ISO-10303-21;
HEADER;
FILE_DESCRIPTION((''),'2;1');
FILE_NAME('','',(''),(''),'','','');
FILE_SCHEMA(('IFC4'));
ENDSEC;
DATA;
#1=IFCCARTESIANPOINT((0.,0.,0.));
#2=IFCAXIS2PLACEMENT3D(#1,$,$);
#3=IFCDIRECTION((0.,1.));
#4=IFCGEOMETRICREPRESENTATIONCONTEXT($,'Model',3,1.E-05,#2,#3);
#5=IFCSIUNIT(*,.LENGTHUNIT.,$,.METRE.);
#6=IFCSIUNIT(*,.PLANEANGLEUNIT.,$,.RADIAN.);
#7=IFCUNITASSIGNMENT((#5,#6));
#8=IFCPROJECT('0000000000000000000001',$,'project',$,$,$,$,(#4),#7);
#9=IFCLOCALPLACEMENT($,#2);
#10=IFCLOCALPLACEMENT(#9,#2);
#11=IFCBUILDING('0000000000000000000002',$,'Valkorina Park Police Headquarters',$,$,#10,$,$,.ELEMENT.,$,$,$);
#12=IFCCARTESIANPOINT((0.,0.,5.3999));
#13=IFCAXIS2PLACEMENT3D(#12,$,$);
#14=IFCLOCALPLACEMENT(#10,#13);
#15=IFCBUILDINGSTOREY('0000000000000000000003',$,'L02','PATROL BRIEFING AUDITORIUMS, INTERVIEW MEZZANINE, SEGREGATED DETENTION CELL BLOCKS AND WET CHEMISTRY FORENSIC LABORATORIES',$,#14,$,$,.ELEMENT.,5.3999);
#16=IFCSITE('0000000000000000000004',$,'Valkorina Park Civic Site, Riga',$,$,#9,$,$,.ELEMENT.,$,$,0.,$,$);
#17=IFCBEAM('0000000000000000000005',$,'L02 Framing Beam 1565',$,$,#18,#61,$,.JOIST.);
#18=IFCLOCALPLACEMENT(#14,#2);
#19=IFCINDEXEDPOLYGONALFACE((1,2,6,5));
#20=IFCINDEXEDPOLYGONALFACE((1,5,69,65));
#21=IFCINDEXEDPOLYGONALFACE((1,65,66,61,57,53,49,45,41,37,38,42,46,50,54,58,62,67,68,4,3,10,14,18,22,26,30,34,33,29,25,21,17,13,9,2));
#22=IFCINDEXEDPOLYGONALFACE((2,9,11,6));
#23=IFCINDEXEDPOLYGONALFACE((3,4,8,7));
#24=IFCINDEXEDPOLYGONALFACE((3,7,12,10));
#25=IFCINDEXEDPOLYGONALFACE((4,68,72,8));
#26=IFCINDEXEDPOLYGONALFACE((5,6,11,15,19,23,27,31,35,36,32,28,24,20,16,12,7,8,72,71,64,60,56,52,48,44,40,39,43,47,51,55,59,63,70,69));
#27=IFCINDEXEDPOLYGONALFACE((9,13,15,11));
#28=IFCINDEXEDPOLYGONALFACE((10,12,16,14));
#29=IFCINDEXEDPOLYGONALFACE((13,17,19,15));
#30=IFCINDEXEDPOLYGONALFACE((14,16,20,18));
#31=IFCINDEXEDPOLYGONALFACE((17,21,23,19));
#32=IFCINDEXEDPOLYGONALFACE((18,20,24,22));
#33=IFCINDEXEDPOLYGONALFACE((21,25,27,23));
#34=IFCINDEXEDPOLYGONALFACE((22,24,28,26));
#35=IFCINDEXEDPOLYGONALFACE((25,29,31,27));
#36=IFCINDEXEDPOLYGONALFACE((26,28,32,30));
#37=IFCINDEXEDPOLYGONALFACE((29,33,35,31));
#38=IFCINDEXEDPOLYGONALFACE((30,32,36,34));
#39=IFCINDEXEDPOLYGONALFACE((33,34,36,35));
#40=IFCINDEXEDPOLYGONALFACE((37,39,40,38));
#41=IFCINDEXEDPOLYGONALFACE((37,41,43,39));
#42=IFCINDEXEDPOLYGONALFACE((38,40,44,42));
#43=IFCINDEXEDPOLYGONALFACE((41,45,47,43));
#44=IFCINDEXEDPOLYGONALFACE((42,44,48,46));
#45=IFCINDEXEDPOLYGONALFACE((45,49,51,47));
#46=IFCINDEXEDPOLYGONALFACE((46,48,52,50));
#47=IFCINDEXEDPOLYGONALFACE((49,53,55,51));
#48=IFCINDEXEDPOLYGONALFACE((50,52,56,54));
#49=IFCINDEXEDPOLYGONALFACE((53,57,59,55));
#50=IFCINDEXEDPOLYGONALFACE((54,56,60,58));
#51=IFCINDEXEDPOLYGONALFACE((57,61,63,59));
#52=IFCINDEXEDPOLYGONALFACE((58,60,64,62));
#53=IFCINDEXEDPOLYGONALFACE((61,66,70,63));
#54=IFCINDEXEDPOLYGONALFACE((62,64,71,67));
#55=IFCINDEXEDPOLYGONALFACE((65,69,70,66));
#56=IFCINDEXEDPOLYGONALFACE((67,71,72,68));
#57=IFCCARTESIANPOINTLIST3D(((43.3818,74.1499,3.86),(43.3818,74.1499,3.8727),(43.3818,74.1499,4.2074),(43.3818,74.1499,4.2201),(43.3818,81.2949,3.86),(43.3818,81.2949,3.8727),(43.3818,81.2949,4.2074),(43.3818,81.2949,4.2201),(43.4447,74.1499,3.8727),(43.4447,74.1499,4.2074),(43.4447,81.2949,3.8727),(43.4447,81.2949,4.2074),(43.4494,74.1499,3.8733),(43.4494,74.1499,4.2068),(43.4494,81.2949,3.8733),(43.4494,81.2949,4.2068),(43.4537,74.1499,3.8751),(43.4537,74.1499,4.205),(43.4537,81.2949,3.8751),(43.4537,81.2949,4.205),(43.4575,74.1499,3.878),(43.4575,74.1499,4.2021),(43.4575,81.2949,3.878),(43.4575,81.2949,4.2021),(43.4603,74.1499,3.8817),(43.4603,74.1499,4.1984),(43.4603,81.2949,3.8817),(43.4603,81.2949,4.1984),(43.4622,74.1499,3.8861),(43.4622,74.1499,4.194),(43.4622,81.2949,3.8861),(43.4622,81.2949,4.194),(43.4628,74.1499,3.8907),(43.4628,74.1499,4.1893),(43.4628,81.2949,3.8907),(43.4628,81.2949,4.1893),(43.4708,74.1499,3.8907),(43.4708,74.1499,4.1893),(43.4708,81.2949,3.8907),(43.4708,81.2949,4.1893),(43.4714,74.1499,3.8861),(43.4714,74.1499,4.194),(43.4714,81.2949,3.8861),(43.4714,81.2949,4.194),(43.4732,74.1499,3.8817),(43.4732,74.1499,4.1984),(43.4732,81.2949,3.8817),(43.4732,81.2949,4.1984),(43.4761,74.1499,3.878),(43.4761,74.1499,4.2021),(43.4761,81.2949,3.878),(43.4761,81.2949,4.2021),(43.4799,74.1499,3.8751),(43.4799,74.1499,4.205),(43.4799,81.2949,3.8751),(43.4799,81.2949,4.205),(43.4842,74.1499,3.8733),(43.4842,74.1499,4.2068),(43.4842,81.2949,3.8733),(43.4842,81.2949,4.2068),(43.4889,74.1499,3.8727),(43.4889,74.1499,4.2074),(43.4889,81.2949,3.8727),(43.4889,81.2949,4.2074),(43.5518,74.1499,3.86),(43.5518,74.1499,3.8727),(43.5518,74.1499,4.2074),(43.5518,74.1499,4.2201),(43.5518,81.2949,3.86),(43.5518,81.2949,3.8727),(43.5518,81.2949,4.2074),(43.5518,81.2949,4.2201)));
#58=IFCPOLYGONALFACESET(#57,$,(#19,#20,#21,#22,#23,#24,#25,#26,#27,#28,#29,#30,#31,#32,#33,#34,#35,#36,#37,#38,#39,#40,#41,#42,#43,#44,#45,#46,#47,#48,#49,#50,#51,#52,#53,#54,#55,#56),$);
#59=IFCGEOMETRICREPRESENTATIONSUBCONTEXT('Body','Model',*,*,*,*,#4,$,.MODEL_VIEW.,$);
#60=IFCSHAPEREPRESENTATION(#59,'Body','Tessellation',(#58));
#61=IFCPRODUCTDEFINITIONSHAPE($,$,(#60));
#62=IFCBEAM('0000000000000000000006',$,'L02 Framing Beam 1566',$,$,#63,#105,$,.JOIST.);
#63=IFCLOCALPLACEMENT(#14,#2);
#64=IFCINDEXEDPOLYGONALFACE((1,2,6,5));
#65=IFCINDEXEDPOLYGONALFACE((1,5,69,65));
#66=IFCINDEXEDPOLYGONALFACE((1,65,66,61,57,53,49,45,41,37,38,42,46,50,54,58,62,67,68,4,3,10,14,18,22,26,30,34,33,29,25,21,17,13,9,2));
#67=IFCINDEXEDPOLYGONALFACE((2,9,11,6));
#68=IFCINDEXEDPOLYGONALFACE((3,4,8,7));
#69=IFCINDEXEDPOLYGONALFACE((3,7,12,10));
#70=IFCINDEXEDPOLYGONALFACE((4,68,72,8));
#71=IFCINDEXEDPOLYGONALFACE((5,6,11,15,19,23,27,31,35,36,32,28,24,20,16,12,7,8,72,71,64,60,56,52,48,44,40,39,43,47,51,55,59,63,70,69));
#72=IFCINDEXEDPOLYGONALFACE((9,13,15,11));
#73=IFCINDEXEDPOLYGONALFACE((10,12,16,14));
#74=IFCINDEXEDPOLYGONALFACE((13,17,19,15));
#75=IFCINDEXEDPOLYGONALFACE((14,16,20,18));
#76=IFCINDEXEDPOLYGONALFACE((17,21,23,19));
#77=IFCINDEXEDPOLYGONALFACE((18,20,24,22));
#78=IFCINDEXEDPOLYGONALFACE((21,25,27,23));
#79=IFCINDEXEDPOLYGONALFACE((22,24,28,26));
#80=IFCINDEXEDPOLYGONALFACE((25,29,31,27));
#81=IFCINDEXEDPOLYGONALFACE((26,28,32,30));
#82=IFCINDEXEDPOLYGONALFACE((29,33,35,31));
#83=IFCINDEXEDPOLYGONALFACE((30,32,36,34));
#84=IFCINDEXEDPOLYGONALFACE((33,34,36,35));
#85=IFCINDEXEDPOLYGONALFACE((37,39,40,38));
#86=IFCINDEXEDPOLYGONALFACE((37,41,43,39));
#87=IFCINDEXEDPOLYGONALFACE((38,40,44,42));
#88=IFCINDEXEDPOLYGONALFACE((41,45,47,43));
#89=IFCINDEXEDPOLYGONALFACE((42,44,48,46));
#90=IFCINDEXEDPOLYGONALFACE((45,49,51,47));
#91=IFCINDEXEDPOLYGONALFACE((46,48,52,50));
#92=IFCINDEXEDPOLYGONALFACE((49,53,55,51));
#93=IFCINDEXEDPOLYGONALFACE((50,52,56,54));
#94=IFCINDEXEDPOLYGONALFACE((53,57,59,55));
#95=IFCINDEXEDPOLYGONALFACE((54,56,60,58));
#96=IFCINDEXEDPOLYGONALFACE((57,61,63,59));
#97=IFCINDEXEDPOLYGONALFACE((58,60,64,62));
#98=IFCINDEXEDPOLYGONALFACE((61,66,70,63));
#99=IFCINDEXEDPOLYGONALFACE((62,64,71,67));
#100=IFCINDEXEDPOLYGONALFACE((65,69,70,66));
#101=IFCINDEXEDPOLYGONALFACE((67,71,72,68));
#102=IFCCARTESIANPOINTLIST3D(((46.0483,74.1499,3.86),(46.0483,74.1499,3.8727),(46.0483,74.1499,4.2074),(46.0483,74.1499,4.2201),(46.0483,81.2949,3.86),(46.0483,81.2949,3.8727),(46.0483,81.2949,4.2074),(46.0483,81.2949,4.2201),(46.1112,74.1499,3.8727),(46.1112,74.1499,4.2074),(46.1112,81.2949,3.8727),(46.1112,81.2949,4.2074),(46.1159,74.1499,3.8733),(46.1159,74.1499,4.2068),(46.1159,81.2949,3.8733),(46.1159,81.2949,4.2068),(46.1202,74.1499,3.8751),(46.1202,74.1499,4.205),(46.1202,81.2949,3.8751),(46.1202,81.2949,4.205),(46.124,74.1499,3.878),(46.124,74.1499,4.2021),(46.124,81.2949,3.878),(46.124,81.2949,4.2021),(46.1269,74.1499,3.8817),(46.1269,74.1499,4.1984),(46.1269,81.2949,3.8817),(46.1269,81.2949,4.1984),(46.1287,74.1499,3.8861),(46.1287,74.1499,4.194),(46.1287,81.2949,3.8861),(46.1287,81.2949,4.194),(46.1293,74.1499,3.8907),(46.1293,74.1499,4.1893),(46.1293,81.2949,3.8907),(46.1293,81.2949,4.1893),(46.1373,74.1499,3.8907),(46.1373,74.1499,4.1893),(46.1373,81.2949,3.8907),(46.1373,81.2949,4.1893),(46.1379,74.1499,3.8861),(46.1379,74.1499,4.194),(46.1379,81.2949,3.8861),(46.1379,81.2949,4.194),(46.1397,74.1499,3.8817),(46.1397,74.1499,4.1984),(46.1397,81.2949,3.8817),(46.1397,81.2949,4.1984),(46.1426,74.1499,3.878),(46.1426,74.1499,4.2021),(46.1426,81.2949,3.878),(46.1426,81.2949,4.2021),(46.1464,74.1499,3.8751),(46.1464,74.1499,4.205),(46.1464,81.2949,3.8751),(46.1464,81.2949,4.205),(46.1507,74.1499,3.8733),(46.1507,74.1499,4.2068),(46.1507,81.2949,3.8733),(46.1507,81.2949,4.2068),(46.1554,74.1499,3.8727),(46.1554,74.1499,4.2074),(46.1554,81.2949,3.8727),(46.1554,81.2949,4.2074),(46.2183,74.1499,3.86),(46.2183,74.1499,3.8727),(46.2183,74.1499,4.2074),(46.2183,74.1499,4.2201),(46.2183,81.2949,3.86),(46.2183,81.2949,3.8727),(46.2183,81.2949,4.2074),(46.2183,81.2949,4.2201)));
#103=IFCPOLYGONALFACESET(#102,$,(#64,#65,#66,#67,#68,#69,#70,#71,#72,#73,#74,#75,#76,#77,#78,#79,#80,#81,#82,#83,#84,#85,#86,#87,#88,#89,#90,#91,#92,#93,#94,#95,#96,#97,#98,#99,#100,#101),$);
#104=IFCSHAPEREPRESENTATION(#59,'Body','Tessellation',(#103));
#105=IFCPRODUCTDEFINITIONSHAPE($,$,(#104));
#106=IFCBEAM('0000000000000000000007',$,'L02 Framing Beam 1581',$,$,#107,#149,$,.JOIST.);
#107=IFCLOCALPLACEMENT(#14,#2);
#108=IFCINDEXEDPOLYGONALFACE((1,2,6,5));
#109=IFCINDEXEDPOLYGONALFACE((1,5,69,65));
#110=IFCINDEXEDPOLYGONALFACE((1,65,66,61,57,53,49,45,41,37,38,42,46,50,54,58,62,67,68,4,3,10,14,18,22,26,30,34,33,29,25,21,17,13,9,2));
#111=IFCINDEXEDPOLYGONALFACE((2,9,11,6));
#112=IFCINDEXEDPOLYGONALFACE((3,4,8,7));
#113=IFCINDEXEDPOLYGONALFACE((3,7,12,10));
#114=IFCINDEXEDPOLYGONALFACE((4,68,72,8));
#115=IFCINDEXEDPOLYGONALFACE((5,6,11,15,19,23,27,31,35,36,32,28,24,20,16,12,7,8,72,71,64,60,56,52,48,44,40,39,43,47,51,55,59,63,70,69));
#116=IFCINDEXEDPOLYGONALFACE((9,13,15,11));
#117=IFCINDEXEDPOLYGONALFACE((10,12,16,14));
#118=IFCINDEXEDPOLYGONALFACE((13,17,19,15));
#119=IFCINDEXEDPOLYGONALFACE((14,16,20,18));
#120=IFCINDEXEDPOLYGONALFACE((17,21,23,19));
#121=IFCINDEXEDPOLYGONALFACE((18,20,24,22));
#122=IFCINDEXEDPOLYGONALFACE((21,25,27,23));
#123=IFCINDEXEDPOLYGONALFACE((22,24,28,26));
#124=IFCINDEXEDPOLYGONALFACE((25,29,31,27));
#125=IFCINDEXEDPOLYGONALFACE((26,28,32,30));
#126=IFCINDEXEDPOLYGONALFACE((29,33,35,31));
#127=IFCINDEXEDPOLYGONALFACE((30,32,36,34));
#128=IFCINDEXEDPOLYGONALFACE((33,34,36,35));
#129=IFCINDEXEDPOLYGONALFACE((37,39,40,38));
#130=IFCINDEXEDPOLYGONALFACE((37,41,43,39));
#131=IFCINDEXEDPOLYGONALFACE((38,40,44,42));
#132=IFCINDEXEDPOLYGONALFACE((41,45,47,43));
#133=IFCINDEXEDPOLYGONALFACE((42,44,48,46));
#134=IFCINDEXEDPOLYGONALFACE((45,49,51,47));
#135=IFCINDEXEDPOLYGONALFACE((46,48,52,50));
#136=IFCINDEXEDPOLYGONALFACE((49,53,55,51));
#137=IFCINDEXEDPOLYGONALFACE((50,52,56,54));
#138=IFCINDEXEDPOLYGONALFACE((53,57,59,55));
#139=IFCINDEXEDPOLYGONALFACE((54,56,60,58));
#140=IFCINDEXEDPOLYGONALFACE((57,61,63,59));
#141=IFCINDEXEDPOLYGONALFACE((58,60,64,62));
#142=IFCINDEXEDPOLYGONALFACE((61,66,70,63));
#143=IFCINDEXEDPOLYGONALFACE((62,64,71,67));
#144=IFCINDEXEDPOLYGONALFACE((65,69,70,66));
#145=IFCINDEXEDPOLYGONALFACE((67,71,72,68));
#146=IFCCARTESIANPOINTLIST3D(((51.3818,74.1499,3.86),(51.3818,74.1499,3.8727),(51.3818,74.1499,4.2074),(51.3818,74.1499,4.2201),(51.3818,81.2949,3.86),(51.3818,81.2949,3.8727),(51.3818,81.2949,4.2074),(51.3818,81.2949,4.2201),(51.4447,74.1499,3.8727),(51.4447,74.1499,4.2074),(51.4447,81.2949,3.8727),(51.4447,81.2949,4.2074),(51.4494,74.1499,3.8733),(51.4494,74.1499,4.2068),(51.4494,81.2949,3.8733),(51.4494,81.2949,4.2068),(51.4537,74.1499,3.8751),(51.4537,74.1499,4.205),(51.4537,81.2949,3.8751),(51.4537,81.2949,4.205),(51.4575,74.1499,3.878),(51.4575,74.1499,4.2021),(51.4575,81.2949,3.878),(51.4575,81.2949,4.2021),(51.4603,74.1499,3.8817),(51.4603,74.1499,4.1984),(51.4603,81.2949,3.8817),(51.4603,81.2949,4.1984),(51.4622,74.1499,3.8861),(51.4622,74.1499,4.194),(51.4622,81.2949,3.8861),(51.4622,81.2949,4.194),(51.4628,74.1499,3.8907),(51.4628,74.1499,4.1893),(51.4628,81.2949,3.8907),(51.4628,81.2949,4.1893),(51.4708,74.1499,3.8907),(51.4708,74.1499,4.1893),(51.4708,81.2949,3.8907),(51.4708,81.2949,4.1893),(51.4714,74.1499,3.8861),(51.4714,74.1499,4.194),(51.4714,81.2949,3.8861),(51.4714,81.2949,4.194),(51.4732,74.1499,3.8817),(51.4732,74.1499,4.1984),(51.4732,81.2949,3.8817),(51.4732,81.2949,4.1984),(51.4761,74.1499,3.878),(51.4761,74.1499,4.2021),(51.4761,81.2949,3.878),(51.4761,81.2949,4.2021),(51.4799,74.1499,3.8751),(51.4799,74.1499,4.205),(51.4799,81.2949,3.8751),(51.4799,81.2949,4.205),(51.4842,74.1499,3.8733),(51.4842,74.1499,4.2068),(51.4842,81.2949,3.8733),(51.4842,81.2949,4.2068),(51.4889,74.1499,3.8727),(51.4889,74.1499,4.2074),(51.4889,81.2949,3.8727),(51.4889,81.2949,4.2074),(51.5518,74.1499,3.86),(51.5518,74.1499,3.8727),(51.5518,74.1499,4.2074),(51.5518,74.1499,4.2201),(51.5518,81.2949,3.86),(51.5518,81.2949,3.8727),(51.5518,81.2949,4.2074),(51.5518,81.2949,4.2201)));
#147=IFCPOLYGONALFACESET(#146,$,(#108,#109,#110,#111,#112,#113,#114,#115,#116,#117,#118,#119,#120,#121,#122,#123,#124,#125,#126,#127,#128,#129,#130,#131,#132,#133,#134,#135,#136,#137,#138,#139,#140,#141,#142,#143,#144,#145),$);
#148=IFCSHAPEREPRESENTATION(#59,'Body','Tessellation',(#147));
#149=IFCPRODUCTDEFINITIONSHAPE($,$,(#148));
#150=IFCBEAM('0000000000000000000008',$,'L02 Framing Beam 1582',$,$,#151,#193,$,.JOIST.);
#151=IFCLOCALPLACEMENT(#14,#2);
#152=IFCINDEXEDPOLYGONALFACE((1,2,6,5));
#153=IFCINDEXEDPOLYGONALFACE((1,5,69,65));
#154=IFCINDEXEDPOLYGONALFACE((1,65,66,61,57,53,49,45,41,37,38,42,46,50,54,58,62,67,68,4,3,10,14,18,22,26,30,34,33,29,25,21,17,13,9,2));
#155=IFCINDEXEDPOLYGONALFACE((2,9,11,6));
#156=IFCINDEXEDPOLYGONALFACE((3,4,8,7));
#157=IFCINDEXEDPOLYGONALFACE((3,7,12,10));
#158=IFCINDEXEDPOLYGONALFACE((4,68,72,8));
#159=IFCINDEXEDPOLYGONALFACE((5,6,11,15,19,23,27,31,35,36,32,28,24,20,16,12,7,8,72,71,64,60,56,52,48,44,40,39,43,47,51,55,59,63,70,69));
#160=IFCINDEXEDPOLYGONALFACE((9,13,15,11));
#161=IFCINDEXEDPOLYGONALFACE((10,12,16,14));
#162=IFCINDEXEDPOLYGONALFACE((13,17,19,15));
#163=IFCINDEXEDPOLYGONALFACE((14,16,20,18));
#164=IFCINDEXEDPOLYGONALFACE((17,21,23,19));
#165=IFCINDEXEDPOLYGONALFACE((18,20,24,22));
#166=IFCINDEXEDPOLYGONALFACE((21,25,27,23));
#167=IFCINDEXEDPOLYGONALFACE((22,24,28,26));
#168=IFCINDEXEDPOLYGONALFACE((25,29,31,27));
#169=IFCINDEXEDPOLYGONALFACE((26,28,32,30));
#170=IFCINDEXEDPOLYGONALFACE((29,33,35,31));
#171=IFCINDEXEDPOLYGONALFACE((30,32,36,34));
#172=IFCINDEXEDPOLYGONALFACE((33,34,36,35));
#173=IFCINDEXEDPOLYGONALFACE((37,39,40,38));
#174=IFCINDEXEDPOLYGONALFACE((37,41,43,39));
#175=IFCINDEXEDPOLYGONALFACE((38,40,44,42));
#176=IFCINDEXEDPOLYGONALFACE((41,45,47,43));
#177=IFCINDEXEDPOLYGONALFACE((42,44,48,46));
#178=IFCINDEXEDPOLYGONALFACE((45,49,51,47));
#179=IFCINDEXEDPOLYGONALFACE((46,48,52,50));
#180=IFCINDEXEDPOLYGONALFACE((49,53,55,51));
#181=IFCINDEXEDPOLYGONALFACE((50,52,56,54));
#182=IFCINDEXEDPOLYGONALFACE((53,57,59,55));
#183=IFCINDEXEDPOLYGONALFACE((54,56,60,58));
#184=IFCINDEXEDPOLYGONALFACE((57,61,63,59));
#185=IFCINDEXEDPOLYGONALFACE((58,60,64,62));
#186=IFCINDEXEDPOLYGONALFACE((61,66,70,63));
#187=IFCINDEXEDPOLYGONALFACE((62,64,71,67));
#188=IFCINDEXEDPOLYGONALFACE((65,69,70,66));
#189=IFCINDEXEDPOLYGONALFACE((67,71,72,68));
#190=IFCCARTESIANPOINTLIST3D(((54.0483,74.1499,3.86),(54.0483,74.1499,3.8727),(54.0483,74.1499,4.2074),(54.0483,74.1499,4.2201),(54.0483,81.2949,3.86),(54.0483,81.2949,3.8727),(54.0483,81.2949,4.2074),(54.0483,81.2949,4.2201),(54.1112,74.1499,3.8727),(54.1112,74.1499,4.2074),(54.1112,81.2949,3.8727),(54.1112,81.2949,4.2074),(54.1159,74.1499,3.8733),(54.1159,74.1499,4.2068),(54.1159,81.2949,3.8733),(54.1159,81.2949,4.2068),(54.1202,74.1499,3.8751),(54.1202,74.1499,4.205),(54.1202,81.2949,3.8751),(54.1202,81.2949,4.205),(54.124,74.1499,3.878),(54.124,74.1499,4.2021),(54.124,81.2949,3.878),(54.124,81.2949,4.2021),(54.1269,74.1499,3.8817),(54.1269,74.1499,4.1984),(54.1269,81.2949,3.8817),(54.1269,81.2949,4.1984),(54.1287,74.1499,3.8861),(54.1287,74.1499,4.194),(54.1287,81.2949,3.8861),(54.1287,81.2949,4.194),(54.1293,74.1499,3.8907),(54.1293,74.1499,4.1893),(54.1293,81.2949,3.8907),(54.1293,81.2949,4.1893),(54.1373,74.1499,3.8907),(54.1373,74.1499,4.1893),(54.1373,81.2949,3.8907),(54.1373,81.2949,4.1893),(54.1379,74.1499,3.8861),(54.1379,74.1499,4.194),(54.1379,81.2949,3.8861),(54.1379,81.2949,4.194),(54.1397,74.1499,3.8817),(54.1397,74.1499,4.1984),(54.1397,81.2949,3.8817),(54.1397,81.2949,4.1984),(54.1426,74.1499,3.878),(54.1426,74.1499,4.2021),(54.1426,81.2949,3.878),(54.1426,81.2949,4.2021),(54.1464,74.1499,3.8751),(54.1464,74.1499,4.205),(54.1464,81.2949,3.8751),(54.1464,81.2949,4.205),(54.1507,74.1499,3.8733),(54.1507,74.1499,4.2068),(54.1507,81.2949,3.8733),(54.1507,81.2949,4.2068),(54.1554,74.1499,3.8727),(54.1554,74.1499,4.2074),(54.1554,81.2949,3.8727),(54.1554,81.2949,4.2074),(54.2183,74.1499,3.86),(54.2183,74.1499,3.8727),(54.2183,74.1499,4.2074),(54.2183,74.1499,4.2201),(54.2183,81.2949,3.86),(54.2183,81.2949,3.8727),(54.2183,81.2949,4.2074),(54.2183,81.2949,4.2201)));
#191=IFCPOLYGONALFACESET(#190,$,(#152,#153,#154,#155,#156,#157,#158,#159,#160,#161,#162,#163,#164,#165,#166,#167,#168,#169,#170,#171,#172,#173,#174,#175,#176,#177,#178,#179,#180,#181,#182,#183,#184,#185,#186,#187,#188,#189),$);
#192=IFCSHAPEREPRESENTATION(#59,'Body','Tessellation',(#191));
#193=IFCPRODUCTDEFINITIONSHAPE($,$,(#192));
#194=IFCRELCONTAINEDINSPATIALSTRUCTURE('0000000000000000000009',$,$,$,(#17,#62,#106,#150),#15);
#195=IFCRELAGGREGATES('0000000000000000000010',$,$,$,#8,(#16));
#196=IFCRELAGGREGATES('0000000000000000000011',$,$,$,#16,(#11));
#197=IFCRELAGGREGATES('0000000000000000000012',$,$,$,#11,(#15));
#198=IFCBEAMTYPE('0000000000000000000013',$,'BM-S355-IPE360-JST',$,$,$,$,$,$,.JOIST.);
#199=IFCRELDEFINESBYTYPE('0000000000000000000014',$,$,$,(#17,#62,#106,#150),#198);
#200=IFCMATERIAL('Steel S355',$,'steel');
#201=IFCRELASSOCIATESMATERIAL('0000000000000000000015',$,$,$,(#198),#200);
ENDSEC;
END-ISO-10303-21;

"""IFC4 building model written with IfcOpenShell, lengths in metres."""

from ifc_helpers import new_model, si_unit, direction, frame, origin, origin_2d, place, context, subcontext, project, spatial, i_section, extrude, material, material_profile, profile_set, type_object, element, save


model = new_model("IFC4")

# Units and contexts
model_context = context("Model", 3, precision=1e-05, world=origin(), true_north=direction((0.0, 1.0)))
body_context = subcontext(model_context, "Body", "Model", "MODEL_VIEW")
ifc_project = project(units=[si_unit("LENGTHUNIT", "METRE"), si_unit("PLANEANGLEUNIT", "RADIAN")], contexts=[model_context])

# Site, building, storey
site_placement = place(None, origin())
site = spatial("IfcSite", under=ifc_project, at=site_placement, Name="Valkorina Park Civic Site, Riga", CompositionType="ELEMENT", RefElevation=0.0)
building_placement = place(site_placement, origin())
building = spatial("IfcBuilding", under=site, at=building_placement, Name="Valkorina Park Police Headquarters", CompositionType="ELEMENT")
storey_placement = place(building_placement, frame((0.0, 0.0, 5.3999)))
storey = spatial("IfcBuildingStorey", under=building, at=storey_placement, Name="L02", Description="PATROL BRIEFING AUDITORIUMS, INTERVIEW MEZZANINE, SEGREGATED DETENTION CELL BLOCKS AND WET CHEMISTRY FORENSIC LABORATORIES", CompositionType="ELEMENT", Elevation=5.3999)

# Shared definitions
ifc_material_1 = material(Name="Steel S355", Category="steel")

# Beams
ifc_material_profile_1 = material_profile(ifc_material_1, i_section(OverallWidth=0.1699, OverallDepth=0.3601, WebThickness=0.0081, FlangeThickness=0.0127, FilletRadius=0.0181, at=origin_2d()), Name="IPE 360")
ifc_profile_set_1 = profile_set([ifc_material_profile_1], Name="Steel S355")
beam_type_1 = type_object("IfcBeamType", Name="BM-S355-IPE360-JST", PredefinedType="JOIST", material=ifc_profile_set_1)
for number, where, z_axis, x_axis, name in (
    (1, (43.4668, 74.1499, 4.04), (0.0, 1.0, 0.0), (-1.0, 0.0, 0.0), "L02 Framing Beam 1565"),
    (2, (46.1333, 74.1499, 4.04), (0.0, 1.0, 0.0), (-1.0, 0.0, 0.0), "L02 Framing Beam 1566"),
    (3, (51.4668, 74.1499, 4.04), (0.0, 1.0, 0.0), (-1.0, 0.0, 0.0), "L02 Framing Beam 1581"),
    (4, (54.1333, 74.1499, 4.04), (0.0, 1.0, 0.0), (-1.0, 0.0, 0.0), "L02 Framing Beam 1582"),
):
    element("IfcBeam", number, at=place(storey_placement, frame(where, z_axis=z_axis, x_axis=x_axis)), inside=storey, type_object=beam_type_1, Name=name, PredefinedType="JOIST", context=body_context, shape_type="SweptSolid", body=[
        extrude(i_section(OverallWidth=0.1699, OverallDepth=0.3601, WebThickness=0.0081, FlangeThickness=0.0127, FilletRadius=0.0181, at=origin_2d()), origin(), (0.0, 0.0, 1.0), 7.145),
    ])

save(model, "model.ifc")
